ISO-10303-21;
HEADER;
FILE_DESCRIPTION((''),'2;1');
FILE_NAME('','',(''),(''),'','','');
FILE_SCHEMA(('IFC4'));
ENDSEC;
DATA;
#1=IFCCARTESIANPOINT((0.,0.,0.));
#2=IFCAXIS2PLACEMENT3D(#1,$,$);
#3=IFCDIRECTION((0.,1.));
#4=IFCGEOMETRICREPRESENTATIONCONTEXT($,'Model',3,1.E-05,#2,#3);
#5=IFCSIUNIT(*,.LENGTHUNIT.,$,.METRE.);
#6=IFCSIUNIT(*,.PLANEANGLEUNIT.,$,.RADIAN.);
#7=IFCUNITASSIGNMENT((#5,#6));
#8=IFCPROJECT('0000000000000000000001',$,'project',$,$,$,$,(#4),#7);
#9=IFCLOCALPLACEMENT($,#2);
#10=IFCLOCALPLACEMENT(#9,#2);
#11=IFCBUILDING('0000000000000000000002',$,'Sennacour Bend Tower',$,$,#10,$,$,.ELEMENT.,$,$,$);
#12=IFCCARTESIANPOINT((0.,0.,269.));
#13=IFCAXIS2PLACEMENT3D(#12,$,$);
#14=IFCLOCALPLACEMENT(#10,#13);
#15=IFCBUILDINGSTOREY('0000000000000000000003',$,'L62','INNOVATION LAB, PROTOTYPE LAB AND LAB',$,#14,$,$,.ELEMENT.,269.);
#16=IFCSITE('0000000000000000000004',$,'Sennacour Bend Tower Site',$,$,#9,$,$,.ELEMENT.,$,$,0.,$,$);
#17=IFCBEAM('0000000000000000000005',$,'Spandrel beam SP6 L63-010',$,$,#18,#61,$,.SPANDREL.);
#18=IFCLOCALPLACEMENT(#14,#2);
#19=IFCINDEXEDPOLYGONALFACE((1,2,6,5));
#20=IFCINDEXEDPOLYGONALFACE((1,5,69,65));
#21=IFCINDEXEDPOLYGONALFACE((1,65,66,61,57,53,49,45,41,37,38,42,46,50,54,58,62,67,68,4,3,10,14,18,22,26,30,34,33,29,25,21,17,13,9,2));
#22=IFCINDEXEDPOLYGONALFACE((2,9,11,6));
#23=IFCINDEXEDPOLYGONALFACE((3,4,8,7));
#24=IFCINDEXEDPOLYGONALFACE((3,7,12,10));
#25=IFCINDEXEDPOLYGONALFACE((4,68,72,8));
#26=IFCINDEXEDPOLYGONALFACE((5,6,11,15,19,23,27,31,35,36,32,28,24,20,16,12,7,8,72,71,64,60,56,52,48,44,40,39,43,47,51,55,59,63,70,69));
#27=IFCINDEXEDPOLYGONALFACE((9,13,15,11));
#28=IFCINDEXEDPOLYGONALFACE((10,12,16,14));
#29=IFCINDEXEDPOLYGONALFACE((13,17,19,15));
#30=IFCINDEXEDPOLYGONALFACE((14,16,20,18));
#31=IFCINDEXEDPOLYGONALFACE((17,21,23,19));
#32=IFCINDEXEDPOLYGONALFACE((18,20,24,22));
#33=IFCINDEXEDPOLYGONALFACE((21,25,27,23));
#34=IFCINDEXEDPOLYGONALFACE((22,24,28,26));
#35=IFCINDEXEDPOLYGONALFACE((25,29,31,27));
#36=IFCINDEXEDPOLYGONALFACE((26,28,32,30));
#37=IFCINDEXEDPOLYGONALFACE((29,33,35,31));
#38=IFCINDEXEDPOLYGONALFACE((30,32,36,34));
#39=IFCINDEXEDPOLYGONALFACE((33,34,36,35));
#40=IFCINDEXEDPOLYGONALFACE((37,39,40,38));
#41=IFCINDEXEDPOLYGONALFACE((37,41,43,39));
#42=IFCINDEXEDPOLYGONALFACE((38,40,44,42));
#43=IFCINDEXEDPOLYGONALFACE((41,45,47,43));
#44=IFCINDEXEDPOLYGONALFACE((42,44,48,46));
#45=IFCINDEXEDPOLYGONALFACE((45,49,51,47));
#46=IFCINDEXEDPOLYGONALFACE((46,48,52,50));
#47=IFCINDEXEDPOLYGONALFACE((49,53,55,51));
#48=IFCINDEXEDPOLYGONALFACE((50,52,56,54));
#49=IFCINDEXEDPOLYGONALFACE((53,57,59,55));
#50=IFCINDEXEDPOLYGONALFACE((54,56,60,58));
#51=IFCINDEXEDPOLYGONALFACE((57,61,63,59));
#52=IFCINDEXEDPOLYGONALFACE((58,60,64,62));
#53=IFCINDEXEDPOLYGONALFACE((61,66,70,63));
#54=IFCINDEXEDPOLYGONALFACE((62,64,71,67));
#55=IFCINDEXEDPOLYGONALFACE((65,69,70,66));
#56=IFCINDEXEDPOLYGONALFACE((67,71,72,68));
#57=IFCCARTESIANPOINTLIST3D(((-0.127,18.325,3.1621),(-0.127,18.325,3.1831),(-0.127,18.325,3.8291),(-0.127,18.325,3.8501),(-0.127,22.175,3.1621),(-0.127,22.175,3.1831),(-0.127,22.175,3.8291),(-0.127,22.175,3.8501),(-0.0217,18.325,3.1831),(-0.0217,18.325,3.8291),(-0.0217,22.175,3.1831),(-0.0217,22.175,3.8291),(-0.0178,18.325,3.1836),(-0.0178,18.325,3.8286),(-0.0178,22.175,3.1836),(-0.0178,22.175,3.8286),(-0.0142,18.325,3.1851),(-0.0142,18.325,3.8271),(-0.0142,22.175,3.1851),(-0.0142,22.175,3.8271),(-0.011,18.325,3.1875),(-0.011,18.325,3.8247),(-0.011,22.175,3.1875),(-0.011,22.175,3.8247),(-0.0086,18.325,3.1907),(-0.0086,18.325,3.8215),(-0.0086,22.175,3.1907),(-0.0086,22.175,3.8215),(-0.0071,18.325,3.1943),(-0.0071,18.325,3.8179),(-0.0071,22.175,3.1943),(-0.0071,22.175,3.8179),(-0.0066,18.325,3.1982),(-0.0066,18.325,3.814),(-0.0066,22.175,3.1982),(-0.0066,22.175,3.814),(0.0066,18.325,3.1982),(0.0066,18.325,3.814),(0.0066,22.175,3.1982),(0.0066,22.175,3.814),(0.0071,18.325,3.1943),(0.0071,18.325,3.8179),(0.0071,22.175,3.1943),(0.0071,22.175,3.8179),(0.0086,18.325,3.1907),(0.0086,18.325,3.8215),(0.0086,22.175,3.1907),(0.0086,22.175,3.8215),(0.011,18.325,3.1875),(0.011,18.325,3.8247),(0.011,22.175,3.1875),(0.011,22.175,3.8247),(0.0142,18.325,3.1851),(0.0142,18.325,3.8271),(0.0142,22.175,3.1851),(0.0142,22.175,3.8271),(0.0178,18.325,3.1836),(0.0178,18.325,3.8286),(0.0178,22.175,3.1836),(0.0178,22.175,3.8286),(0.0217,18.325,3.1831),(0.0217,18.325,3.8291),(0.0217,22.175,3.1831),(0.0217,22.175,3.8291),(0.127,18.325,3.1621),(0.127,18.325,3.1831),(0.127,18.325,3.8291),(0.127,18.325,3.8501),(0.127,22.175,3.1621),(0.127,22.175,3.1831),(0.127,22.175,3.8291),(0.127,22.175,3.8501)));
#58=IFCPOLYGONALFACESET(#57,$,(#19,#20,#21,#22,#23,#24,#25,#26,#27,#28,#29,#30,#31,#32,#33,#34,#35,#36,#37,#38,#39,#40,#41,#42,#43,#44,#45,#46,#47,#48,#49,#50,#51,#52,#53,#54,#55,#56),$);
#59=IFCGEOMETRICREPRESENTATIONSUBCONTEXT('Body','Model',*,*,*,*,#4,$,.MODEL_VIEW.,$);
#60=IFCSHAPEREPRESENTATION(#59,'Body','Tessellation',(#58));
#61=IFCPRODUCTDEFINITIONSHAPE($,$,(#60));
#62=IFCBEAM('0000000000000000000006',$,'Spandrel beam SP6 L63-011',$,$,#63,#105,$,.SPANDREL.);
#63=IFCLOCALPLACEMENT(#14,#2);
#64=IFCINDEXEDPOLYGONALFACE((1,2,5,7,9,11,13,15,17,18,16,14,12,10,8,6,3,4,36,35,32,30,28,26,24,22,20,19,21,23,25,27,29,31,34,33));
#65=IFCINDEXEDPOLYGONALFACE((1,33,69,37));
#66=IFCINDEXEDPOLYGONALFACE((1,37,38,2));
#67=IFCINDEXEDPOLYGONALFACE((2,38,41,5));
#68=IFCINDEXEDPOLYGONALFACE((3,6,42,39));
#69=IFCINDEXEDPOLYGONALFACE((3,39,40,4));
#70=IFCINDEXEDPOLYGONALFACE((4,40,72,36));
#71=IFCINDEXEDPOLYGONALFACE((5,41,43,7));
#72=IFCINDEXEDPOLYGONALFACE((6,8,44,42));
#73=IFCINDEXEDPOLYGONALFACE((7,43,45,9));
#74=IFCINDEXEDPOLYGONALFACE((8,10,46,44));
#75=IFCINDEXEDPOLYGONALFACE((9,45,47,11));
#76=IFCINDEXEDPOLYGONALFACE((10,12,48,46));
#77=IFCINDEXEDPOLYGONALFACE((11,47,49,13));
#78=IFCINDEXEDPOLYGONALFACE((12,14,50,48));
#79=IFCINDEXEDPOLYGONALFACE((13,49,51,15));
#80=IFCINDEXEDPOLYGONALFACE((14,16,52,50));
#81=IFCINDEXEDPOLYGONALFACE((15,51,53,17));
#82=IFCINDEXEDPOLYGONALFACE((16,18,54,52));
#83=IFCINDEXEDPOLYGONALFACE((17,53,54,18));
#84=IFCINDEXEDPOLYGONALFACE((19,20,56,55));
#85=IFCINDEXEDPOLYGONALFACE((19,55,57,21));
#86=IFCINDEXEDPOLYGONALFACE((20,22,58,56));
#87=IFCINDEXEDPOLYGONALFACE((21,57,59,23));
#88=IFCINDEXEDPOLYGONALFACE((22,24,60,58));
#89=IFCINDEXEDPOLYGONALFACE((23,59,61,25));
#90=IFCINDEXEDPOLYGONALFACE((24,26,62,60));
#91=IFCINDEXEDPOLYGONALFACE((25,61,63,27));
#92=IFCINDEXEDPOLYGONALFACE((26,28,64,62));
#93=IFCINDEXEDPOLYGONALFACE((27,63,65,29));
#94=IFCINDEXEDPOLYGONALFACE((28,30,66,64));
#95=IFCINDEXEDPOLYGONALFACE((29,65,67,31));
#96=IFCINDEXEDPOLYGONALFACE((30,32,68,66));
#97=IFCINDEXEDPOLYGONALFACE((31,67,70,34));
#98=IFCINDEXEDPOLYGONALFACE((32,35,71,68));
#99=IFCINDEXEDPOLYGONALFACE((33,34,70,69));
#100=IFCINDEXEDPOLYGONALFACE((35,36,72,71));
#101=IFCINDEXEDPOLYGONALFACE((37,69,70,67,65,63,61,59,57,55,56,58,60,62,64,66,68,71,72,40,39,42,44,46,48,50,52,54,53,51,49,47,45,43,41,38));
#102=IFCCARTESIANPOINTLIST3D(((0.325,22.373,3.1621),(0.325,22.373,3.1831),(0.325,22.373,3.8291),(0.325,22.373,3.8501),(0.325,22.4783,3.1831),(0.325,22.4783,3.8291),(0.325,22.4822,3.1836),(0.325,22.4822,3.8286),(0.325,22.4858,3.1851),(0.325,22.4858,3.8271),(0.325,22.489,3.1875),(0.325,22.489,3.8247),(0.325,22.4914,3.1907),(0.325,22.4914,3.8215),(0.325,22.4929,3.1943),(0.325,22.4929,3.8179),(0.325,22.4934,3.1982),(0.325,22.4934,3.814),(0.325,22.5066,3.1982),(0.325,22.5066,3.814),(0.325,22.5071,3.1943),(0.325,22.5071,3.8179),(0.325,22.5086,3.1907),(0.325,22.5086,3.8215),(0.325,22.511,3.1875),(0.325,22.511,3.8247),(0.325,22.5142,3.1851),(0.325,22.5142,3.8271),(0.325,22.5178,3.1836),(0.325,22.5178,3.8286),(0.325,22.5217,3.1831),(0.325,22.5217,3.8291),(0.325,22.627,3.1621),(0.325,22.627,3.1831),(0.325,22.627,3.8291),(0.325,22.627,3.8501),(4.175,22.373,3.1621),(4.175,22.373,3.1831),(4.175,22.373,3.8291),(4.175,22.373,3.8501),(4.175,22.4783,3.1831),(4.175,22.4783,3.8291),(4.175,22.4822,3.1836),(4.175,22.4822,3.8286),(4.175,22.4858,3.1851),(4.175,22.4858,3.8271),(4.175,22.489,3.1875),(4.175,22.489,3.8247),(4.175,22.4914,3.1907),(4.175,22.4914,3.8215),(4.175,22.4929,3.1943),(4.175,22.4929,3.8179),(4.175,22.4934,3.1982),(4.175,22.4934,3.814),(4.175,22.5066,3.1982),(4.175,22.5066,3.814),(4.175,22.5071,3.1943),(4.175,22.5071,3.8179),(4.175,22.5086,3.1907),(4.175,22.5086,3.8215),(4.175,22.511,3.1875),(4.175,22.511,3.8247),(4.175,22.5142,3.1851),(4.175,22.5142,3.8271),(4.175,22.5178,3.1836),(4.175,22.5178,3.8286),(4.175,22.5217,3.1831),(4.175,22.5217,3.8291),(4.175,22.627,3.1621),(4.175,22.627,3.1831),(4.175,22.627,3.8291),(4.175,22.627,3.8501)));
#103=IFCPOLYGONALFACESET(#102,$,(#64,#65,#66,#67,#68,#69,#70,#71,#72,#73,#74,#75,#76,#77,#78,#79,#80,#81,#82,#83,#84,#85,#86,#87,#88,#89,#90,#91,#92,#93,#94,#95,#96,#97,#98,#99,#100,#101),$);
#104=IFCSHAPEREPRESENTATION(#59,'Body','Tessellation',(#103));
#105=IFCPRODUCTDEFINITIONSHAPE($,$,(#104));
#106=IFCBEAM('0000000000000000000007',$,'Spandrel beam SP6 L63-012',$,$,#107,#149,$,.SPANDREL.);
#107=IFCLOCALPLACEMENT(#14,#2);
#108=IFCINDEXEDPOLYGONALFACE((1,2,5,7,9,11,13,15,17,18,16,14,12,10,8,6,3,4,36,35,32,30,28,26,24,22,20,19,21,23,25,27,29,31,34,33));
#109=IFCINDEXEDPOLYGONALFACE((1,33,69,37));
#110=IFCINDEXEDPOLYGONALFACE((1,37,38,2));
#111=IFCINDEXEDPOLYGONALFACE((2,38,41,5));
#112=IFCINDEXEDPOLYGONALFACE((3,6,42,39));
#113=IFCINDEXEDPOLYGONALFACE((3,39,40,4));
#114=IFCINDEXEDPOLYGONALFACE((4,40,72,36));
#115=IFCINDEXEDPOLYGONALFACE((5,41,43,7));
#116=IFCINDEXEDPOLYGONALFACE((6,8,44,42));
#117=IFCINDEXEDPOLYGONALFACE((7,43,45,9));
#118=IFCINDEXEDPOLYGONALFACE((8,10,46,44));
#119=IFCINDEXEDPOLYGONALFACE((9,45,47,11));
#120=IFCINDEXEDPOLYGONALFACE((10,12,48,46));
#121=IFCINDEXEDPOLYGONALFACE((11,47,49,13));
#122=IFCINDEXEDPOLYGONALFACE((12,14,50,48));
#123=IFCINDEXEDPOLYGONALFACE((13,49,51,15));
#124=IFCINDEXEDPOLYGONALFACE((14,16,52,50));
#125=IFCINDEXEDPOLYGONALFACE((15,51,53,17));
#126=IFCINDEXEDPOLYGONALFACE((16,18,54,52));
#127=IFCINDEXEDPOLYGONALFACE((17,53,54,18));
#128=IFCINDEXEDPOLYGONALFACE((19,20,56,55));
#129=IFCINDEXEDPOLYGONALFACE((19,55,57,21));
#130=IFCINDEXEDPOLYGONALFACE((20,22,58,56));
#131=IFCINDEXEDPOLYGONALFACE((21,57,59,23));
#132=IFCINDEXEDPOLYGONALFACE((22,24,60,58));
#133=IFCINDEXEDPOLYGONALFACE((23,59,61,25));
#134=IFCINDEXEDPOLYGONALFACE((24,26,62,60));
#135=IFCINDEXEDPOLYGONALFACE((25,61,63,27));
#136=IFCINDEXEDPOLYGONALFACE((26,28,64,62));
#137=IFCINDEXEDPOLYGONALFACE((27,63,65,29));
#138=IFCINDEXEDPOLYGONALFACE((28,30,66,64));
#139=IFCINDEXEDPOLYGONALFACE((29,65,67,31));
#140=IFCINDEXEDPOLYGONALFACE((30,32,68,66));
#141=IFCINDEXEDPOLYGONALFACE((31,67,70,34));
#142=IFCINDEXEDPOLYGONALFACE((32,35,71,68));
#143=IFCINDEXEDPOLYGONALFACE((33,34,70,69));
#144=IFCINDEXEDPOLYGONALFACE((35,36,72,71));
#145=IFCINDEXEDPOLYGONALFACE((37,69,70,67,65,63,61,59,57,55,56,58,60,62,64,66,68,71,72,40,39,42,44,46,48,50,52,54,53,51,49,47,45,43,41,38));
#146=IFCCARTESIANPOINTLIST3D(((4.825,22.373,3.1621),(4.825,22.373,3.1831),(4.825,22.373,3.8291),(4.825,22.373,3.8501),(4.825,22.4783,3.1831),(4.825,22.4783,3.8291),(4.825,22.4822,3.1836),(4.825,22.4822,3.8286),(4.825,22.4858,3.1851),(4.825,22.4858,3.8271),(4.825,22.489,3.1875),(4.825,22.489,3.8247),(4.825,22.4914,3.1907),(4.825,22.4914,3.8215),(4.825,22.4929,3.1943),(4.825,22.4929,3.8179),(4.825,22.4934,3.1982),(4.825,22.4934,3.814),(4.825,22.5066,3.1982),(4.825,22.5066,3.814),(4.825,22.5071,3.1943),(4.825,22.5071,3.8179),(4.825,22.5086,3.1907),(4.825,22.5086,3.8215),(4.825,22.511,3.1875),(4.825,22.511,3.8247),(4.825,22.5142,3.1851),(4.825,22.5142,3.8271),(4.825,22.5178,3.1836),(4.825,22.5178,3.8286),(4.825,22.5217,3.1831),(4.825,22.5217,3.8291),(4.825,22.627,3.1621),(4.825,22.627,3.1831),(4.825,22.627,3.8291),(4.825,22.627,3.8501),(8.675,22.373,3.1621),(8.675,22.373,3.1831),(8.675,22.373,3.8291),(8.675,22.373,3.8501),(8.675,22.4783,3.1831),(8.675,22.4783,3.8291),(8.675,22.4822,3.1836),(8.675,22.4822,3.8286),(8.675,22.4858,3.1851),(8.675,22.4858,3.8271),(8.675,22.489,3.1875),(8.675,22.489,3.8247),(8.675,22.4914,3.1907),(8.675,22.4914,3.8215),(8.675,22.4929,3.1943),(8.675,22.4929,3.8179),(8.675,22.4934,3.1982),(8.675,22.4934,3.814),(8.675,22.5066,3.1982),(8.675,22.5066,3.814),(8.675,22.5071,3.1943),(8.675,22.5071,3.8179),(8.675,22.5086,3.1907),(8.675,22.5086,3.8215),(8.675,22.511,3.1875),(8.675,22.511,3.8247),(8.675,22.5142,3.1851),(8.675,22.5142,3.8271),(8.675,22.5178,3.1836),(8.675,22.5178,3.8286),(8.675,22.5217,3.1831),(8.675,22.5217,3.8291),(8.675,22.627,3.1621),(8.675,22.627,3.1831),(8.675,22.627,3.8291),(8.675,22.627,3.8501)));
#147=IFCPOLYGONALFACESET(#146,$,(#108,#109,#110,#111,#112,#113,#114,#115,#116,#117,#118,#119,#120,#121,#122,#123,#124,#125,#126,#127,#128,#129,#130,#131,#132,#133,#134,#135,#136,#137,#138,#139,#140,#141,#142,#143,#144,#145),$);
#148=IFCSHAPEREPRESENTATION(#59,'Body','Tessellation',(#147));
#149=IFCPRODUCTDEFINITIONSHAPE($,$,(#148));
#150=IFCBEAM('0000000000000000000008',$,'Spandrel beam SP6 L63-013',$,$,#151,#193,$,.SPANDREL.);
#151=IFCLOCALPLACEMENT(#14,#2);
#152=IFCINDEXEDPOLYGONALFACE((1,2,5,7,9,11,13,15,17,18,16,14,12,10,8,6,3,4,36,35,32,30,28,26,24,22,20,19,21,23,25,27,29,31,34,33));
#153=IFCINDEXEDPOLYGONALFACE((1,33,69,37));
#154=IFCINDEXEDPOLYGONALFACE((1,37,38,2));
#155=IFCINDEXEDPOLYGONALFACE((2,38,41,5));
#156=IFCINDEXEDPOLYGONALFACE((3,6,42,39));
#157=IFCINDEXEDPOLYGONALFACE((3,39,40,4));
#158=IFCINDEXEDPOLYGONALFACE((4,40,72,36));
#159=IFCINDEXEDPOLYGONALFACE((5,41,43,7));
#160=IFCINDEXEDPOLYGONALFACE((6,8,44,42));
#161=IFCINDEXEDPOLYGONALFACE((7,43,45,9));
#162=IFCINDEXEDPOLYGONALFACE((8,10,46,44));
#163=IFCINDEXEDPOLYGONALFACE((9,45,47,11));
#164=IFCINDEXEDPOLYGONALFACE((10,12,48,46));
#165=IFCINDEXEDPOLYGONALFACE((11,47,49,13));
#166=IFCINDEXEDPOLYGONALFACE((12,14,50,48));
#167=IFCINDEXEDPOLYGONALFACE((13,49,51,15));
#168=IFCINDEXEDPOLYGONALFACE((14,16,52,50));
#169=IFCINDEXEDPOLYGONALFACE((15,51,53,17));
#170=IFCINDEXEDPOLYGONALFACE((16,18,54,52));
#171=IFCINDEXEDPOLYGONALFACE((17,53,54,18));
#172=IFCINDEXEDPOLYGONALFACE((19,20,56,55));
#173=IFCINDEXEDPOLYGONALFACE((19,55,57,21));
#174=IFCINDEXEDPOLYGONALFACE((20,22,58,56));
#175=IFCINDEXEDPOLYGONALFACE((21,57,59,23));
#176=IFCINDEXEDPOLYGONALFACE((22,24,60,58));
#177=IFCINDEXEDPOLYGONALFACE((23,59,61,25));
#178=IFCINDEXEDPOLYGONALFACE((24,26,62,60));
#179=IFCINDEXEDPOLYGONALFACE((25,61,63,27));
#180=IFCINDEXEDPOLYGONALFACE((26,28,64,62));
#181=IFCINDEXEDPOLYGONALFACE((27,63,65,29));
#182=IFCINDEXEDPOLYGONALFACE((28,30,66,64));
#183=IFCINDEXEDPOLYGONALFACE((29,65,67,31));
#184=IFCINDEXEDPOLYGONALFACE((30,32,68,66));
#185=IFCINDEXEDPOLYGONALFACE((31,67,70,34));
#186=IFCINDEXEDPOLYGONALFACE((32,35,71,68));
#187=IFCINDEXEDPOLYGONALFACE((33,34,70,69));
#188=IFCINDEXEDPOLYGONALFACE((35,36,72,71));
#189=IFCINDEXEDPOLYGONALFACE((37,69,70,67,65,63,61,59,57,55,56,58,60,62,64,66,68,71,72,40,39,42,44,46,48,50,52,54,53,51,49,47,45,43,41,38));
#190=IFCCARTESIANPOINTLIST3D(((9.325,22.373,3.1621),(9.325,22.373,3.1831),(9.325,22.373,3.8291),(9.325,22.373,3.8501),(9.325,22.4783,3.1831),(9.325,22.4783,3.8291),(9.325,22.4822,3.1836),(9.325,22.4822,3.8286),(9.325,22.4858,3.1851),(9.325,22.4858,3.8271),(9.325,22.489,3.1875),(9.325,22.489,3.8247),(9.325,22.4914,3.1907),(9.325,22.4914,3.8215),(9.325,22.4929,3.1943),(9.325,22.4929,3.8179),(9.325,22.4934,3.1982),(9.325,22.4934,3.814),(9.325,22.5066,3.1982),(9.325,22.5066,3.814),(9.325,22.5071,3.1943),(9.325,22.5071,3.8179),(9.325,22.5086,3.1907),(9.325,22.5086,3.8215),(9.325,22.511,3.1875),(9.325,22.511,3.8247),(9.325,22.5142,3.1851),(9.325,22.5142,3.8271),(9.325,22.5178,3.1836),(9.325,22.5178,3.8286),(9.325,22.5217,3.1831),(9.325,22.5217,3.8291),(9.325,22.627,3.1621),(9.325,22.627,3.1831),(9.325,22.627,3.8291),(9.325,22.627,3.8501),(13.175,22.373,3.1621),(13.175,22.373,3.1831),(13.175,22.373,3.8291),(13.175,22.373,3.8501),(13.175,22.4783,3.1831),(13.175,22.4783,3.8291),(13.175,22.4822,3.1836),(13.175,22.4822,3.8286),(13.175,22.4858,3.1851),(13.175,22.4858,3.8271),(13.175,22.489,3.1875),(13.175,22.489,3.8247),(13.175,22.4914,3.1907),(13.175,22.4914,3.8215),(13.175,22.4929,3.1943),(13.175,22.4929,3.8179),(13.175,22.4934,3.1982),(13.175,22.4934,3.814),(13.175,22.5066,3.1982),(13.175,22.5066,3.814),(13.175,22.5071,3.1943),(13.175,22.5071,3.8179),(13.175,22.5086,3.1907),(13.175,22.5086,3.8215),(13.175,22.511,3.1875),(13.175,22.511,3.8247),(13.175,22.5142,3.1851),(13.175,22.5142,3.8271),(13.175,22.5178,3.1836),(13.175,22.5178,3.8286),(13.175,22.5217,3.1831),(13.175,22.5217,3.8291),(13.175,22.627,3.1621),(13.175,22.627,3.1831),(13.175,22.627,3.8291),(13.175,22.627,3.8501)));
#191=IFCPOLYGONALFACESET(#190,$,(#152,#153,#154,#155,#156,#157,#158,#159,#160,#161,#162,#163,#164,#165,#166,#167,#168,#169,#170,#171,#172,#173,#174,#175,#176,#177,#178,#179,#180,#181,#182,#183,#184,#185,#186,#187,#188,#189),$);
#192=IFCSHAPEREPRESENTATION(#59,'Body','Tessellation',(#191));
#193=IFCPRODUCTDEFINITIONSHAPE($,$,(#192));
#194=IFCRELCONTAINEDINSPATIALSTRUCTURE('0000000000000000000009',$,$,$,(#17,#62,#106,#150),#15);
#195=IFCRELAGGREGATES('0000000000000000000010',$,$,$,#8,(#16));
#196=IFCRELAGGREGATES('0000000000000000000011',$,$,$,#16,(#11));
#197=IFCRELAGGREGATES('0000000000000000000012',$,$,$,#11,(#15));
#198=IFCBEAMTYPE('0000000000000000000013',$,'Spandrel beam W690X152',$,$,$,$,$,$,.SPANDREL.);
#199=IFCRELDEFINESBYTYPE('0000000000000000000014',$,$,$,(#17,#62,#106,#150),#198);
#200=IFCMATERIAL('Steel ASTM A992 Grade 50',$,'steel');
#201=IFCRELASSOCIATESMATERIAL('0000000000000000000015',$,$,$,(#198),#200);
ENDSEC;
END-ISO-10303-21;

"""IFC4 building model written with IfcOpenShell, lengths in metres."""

from ifc_helpers import new_model, si_unit, direction, frame, origin, origin_2d, place, context, subcontext, project, spatial, i_section, extrude, material, material_profile, profile_set, type_object, element, save


model = new_model("IFC4")

# Units and contexts
model_context = context("Model", 3, precision=1e-05, world=origin(), true_north=direction((0.0, 1.0)))
body_context = subcontext(model_context, "Body", "Model", "MODEL_VIEW")
ifc_project = project(units=[si_unit("LENGTHUNIT", "METRE"), si_unit("PLANEANGLEUNIT", "RADIAN")], contexts=[model_context])

# Site, building, storey
site_placement = place(None, origin())
site = spatial("IfcSite", under=ifc_project, at=site_placement, Name="Sennacour Bend Tower Site", CompositionType="ELEMENT", RefElevation=0.0)
building_placement = place(site_placement, origin())
building = spatial("IfcBuilding", under=site, at=building_placement, Name="Sennacour Bend Tower", CompositionType="ELEMENT")
storey_placement = place(building_placement, frame((0.0, 0.0, 269.0)))
storey = spatial("IfcBuildingStorey", under=building, at=storey_placement, Name="L62", Description="INNOVATION LAB, PROTOTYPE LAB AND LAB", CompositionType="ELEMENT", Elevation=269.0)

# Beams
ifc_material_1 = material(Name="Steel ASTM A992 Grade 50", Category="steel")
ifc_material_profile_1 = material_profile(ifc_material_1, i_section(OverallWidth=0.2539, OverallDepth=0.688, WebThickness=0.0132, FlangeThickness=0.021, FilletRadius=0.0151, at=origin_2d()), Name="Steel ASTM A992 Grade 50", Category="steel")
ifc_profile_set_1 = profile_set([ifc_material_profile_1], Name="Steel ASTM A992 Grade 50")
beam_type = type_object("IfcBeamType", Name="Spandrel beam W690X152", PredefinedType="SPANDREL", material=ifc_profile_set_1)
for number, where, z_axis, x_axis, name in (
    (1, (0.0, 18.325, 3.5061), (0.0, 1.0, 0.0), (-1.0, 0.0, 0.0), "Spandrel beam SP6 L63-010"),
    (2, (0.325, 22.5, 3.5061), (1.0, 0.0, 0.0), (0.0, 1.0, 0.0), "Spandrel beam SP6 L63-011"),
    (3, (4.825, 22.5, 3.5061), (1.0, 0.0, 0.0), (0.0, 1.0, 0.0), "Spandrel beam SP6 L63-012"),
    (4, (9.325, 22.5, 3.5061), (1.0, 0.0, 0.0), (0.0, 1.0, 0.0), "Spandrel beam SP6 L63-013"),
):
    element("IfcBeam", number, at=place(storey_placement, frame(where, z_axis=z_axis, x_axis=x_axis)), inside=storey, type_object=beam_type, Name=name, PredefinedType="SPANDREL", context=body_context, shape_type="SweptSolid", body=[
        extrude(i_section(OverallWidth=0.2539, OverallDepth=0.688, WebThickness=0.0132, FlangeThickness=0.021, FilletRadius=0.0151, at=origin_2d()), origin(), (0.0, 0.0, 1.0), 3.8501),
    ])

save(model, "model.ifc")
